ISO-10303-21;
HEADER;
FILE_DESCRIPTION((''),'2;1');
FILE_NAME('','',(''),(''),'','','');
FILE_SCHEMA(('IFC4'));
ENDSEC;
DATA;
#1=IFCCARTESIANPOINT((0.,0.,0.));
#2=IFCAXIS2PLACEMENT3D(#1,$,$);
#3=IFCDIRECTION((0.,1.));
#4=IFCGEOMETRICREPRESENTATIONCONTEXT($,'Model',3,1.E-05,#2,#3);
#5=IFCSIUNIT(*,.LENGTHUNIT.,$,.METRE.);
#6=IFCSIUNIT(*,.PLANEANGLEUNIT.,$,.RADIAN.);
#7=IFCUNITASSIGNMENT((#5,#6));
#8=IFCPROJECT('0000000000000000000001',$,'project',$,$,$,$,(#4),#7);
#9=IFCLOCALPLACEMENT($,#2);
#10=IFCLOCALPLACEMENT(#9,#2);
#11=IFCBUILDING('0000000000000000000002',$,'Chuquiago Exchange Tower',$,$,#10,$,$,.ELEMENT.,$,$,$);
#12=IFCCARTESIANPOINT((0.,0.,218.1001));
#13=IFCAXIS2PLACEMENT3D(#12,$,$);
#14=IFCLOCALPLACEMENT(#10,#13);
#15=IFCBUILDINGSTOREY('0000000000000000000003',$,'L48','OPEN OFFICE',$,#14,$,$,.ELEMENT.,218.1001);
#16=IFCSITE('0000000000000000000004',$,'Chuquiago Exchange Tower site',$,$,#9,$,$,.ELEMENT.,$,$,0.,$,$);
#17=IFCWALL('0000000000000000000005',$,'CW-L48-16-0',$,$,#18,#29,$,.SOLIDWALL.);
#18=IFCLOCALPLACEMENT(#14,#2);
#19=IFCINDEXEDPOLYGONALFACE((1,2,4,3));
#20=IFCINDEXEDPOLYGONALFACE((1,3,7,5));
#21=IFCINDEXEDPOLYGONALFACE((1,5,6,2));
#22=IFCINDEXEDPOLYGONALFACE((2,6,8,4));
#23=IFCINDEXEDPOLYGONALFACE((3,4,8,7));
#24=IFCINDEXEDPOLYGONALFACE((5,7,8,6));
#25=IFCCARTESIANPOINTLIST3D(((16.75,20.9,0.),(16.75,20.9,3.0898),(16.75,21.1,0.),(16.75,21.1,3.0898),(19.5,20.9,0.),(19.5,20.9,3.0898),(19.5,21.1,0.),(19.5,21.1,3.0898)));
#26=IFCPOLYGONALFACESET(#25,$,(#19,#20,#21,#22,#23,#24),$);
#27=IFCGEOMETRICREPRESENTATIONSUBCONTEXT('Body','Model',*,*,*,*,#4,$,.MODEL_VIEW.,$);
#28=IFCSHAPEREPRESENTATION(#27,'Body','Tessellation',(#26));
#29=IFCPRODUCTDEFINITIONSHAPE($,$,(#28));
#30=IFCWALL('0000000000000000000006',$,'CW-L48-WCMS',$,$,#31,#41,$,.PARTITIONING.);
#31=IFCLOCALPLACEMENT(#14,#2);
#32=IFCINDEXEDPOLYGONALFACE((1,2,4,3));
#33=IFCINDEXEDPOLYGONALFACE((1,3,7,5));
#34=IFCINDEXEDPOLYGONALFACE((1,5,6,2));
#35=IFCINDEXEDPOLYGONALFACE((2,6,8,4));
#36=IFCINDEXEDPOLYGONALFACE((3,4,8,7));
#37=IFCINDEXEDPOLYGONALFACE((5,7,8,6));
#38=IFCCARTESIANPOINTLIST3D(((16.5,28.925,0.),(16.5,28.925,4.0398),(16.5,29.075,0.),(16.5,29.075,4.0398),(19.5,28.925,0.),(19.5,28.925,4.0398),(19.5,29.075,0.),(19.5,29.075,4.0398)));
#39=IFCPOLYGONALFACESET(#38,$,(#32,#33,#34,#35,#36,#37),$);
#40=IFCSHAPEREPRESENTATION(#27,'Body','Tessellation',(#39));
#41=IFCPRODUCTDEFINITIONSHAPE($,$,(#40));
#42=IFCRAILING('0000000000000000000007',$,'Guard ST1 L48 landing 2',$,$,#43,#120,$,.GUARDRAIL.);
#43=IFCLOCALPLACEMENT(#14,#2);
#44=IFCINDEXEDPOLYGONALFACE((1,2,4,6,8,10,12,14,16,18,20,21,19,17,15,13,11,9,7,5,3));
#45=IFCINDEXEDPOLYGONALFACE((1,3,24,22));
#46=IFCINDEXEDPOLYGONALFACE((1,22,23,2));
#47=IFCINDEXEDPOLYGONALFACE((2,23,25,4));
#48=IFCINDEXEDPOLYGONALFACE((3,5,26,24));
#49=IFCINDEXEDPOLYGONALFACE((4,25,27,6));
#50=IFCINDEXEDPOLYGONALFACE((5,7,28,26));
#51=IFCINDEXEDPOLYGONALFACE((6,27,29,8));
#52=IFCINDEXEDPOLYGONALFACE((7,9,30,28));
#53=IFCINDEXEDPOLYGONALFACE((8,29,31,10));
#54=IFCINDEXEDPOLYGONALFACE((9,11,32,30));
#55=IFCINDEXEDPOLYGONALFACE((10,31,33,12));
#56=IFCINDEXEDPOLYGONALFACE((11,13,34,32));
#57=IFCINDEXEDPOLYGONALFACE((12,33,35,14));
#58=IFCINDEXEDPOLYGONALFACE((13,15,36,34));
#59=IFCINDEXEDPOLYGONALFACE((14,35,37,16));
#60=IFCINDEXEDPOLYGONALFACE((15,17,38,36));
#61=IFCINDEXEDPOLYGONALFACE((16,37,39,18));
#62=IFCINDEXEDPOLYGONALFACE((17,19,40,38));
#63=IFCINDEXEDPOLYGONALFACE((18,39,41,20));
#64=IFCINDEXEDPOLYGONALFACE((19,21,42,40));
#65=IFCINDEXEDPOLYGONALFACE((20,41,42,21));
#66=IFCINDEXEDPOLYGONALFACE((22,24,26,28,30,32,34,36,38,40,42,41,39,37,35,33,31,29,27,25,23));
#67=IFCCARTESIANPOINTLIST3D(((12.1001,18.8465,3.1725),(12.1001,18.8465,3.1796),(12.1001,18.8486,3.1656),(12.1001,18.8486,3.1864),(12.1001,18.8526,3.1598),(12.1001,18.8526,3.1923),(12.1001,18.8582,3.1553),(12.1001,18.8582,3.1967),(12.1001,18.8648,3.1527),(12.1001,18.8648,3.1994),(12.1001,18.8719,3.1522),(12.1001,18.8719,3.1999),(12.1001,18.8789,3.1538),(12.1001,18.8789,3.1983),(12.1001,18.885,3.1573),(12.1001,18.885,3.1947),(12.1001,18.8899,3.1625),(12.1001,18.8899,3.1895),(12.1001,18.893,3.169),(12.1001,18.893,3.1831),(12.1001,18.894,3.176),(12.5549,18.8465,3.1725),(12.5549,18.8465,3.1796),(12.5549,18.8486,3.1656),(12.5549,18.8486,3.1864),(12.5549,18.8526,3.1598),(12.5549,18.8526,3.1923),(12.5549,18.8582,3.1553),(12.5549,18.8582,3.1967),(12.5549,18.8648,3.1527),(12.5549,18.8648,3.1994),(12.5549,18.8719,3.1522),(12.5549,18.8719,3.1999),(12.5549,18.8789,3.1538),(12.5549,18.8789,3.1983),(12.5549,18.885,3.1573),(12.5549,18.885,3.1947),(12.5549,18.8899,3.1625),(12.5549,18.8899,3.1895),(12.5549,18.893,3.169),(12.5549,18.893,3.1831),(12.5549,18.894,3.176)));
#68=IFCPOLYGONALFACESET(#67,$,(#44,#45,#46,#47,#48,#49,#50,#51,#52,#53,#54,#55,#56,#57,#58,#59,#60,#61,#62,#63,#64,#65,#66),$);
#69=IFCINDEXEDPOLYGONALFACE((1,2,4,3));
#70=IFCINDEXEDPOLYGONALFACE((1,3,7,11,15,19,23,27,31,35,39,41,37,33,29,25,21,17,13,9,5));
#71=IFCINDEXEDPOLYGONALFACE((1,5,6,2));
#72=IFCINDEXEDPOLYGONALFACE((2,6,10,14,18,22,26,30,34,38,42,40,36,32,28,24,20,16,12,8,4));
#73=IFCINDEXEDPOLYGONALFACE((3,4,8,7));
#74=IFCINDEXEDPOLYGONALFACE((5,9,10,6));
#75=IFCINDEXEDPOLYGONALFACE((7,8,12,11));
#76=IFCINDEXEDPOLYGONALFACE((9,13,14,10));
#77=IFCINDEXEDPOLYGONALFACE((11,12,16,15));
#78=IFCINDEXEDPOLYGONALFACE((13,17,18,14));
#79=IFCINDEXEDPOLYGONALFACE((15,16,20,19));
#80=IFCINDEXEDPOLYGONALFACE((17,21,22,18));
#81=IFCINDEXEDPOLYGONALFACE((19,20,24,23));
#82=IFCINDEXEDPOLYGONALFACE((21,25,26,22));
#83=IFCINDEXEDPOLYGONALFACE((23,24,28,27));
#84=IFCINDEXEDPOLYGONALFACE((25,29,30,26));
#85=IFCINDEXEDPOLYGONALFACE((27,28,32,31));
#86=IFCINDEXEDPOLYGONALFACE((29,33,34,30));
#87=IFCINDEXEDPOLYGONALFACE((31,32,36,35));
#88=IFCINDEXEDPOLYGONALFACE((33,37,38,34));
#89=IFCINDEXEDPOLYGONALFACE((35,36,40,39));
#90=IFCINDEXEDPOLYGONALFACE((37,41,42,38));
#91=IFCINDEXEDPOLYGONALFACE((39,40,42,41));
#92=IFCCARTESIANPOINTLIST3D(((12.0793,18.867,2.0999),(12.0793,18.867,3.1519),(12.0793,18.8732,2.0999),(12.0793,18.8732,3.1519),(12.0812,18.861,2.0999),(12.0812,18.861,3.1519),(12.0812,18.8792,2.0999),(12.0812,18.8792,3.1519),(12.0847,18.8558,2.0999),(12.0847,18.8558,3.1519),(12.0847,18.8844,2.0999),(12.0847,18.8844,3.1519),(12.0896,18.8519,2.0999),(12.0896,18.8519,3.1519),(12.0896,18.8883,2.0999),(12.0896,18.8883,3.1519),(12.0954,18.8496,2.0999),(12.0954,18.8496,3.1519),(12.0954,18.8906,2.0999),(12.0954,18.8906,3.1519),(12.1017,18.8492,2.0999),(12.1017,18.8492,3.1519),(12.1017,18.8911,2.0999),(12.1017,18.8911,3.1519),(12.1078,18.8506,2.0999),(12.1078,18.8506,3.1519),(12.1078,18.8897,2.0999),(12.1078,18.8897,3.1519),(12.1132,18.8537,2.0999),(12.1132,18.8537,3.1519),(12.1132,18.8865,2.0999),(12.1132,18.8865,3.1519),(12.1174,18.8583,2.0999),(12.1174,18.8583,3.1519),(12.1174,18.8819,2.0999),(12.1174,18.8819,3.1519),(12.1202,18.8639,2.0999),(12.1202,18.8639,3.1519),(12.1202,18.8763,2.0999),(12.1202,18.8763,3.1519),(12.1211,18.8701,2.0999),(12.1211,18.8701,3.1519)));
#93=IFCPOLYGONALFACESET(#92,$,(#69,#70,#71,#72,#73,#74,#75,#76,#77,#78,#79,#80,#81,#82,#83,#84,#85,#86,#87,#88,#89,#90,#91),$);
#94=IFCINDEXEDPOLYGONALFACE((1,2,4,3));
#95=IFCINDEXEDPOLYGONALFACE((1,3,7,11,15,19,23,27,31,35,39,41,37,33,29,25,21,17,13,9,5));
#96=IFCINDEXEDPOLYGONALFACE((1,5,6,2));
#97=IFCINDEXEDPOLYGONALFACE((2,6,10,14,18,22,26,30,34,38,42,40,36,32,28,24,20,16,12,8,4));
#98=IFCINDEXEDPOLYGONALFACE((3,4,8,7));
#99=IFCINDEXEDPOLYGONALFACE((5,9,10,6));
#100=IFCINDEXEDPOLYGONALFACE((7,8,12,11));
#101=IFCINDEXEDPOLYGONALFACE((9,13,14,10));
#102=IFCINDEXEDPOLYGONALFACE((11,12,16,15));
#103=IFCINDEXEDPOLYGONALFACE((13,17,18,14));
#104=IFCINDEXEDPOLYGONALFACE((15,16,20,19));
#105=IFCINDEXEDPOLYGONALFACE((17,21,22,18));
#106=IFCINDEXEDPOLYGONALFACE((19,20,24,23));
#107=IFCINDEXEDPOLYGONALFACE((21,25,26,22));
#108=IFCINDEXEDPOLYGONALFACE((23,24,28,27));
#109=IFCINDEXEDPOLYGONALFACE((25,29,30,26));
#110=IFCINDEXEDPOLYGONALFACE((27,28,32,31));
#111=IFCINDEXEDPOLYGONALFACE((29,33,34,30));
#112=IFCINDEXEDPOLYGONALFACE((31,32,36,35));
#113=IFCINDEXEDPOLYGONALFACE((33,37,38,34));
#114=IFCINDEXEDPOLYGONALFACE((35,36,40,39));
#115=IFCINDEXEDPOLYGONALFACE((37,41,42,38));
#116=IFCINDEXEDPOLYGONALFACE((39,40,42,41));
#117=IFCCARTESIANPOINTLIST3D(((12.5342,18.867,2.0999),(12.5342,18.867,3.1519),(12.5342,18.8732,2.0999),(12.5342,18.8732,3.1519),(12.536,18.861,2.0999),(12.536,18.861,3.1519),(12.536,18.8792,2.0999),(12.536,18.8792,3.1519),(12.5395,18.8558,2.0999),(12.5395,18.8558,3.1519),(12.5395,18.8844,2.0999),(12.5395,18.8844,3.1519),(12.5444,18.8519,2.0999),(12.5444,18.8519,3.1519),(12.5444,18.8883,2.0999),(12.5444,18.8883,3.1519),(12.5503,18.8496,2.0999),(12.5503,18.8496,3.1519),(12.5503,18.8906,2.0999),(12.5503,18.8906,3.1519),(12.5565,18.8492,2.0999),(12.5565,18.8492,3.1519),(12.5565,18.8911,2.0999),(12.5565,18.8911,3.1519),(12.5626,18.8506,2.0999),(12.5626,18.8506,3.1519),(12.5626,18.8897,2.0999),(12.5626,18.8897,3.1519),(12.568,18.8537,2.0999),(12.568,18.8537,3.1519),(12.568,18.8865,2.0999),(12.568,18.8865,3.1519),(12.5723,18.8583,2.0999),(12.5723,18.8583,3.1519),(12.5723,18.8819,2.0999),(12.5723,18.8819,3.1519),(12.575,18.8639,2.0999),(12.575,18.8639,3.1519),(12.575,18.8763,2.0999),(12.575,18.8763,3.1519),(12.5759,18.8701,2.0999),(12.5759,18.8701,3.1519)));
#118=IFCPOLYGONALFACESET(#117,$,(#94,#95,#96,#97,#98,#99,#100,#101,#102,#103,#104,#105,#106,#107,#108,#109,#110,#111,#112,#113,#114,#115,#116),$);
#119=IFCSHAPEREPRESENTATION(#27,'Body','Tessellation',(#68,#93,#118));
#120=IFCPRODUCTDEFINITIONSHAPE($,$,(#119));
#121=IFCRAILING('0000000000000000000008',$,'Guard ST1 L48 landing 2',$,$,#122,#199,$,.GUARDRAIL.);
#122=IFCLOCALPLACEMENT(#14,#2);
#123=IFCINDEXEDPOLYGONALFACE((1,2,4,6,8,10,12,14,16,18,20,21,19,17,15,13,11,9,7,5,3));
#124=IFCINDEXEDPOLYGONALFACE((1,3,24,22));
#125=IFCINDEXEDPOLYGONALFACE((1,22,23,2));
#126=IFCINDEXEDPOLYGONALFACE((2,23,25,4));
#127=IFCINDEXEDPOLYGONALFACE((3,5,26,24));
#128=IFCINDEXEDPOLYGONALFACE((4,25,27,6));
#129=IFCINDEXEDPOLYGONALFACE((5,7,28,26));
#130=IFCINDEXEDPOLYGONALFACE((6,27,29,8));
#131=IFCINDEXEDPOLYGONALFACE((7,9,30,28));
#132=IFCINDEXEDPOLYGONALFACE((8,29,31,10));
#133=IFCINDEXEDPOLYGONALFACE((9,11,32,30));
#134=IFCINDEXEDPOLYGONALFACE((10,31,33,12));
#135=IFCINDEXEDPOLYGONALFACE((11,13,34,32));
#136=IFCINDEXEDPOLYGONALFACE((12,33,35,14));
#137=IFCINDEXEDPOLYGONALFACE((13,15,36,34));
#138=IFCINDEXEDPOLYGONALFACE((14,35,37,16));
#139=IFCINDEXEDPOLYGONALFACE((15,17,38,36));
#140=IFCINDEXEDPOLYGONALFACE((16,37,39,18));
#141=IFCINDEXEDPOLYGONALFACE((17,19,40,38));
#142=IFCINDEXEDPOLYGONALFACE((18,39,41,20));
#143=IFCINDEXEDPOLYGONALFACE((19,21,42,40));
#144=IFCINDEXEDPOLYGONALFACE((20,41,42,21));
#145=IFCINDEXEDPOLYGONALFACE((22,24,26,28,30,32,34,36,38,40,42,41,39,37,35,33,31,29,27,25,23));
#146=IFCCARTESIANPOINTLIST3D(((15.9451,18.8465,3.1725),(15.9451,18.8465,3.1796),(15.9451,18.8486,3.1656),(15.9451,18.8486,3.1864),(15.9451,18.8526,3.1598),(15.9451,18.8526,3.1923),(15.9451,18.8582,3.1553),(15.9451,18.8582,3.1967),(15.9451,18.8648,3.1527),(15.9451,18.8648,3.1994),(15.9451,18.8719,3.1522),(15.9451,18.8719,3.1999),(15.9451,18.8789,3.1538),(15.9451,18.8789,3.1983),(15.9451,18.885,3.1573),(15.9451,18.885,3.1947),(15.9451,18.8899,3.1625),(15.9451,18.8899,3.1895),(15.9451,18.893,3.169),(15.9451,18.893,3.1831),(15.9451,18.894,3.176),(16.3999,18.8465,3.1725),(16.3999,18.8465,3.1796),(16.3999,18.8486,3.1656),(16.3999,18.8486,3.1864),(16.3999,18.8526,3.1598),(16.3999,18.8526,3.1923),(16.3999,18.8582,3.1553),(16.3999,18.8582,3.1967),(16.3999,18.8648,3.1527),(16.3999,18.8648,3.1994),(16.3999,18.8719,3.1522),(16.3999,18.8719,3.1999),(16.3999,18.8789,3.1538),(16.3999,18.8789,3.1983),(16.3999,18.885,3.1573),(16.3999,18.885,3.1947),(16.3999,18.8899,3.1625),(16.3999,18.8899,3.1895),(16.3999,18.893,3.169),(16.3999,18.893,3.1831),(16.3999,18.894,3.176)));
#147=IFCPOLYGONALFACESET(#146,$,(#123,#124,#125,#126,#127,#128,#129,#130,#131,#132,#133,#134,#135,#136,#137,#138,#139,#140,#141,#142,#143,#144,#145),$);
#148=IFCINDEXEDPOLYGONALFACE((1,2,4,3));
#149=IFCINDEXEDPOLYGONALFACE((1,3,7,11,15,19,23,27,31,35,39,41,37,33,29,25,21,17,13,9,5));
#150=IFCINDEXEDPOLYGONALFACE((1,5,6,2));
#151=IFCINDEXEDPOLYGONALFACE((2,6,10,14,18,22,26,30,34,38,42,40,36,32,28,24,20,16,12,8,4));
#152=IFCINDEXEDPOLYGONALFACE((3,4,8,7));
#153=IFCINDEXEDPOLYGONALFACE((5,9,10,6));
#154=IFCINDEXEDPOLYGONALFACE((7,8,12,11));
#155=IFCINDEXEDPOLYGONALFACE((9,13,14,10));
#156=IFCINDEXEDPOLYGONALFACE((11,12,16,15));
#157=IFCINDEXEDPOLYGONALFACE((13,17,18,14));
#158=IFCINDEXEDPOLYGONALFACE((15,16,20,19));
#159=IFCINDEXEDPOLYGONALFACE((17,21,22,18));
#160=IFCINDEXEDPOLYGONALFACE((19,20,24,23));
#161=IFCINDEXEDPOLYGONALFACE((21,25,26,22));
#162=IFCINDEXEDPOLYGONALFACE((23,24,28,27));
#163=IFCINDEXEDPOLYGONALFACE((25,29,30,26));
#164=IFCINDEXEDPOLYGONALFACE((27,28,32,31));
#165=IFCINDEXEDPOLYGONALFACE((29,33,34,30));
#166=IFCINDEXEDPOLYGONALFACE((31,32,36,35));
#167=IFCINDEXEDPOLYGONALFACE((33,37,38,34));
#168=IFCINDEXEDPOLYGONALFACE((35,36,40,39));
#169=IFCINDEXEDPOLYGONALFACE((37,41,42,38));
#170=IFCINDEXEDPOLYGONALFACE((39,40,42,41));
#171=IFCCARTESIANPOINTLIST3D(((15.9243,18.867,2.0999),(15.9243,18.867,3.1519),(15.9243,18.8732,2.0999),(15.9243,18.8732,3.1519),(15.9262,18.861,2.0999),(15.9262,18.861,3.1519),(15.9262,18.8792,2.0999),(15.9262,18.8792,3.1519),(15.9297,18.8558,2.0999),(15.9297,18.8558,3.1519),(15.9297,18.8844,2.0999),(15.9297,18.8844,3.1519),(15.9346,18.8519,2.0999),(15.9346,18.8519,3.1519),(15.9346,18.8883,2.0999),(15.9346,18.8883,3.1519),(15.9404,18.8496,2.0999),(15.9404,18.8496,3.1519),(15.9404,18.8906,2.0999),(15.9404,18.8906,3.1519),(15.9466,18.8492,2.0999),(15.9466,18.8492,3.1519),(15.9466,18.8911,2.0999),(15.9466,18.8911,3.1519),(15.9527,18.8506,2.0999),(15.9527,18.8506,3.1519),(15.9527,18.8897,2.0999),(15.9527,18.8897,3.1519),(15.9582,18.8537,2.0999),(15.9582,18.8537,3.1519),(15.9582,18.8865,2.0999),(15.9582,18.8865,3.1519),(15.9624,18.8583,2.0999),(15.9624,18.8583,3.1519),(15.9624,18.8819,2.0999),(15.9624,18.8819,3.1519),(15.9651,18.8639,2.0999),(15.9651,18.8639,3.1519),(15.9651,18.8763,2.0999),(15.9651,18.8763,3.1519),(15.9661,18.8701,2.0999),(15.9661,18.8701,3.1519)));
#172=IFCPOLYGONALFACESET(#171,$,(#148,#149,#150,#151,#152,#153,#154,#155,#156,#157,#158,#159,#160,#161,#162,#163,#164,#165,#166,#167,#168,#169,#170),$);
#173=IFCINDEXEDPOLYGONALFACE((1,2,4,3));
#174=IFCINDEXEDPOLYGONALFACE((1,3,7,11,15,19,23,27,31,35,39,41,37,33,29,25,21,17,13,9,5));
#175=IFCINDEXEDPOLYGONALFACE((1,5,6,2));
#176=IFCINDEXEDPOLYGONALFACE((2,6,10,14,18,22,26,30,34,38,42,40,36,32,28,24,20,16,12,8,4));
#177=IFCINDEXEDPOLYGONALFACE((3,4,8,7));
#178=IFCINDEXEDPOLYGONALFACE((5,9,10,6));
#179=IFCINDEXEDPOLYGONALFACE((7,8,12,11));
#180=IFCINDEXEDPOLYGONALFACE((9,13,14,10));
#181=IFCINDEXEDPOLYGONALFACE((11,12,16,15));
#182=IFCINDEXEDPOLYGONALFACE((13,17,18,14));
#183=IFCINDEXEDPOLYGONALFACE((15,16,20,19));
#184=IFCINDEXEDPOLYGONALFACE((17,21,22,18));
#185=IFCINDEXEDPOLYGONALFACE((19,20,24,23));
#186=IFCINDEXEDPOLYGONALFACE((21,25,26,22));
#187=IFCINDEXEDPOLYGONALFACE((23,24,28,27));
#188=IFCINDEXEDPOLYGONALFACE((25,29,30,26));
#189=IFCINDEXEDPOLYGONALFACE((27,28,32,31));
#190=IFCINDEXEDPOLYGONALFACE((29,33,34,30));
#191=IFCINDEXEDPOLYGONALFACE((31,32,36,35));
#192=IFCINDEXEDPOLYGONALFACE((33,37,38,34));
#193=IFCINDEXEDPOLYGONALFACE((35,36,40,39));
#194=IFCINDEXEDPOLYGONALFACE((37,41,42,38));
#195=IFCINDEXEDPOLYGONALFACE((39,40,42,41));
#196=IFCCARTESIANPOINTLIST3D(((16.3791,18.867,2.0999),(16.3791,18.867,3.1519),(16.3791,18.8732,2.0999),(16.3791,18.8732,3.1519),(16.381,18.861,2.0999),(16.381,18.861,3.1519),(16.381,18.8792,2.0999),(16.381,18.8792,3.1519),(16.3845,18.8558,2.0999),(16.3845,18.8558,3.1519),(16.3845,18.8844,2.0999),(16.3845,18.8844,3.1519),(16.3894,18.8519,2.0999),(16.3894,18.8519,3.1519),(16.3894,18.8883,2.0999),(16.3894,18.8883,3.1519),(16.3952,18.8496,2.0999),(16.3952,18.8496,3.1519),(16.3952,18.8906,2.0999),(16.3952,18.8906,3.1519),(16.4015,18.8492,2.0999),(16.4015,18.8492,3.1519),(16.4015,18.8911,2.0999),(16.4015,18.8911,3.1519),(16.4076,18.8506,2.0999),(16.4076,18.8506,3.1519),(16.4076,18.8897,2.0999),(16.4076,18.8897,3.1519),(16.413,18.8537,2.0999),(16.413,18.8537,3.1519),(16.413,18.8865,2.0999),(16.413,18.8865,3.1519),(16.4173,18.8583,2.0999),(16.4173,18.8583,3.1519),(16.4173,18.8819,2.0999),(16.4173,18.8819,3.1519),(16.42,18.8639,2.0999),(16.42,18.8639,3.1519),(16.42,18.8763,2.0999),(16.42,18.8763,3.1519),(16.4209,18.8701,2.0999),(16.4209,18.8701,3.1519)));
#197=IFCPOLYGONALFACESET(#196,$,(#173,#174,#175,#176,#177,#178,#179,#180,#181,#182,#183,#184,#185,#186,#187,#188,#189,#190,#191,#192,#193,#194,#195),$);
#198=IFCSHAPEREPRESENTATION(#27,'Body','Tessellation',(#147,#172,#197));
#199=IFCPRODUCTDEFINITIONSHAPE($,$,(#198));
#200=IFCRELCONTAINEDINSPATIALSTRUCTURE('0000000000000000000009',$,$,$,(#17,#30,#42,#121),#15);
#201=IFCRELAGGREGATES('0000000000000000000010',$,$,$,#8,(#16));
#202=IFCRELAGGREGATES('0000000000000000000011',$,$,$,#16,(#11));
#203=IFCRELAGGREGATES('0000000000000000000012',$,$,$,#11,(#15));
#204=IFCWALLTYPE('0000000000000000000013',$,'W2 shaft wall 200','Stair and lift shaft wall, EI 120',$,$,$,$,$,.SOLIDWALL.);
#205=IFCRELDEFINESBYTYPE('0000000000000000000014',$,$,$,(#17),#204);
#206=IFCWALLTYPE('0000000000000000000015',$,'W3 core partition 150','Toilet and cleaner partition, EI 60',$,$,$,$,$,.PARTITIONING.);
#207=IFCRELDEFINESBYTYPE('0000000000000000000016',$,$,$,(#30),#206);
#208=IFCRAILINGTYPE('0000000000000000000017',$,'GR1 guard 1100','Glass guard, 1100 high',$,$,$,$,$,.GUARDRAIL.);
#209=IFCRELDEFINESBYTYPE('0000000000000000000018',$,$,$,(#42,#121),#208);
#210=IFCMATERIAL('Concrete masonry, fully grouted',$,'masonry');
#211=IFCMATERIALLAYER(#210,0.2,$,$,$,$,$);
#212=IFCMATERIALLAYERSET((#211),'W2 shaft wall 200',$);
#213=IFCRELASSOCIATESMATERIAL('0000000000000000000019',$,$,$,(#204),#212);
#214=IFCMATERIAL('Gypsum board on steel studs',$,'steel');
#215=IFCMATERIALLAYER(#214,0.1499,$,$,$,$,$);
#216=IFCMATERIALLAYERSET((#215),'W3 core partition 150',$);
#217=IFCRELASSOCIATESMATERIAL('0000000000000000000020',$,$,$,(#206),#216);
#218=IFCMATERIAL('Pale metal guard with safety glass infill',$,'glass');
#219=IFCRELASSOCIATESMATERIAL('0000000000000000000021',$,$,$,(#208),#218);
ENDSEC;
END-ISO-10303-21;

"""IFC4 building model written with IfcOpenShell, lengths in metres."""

from ifc_helpers import new_model, si_unit, direction, frame, frame_2d, origin, origin_2d, place, context, subcontext, project, spatial, rectangle, circle, extrude, material, layer, layer_set, type_object, element, save


model = new_model("IFC4")

# Units and contexts
model_context = context("Model", 3, precision=1e-05, world=origin(), true_north=direction((0.0, 1.0)))
body_context = subcontext(model_context, "Body", "Model", "MODEL_VIEW")
ifc_project = project(units=[si_unit("LENGTHUNIT", "METRE"), si_unit("PLANEANGLEUNIT", "RADIAN")], contexts=[model_context])

# Site, building, storey
site_placement = place(None, origin())
site = spatial("IfcSite", under=ifc_project, at=site_placement, Name="Chuquiago Exchange Tower site", CompositionType="ELEMENT", RefElevation=0.0)
building_placement = place(site_placement, origin())
building = spatial("IfcBuilding", under=site, at=building_placement, Name="Chuquiago Exchange Tower", CompositionType="ELEMENT")
storey_placement = place(building_placement, frame((0.0, 0.0, 218.1001)))
storey = spatial("IfcBuildingStorey", under=building, at=storey_placement, Name="L48", Description="OPEN OFFICE", CompositionType="ELEMENT", Elevation=218.1001)

# Shared definitions
ifc_material_1 = material(Name="Concrete masonry, fully grouted", Category="masonry")
ifc_layer_1 = layer(ifc_material_1, 0.2)
ifc_layer_set_1 = layer_set([ifc_layer_1], Name="W2 shaft wall 200")
wall_type_1 = type_object("IfcWallType", Name="W2 shaft wall 200", Description="Stair and lift shaft wall, EI 120", PredefinedType="SOLIDWALL", material=ifc_layer_set_1)

# Walls
wall_1_placement = place(storey_placement, frame((16.75, 21.0, 0.0), z_axis=(0.0, 0.0, 1.0), x_axis=(1.0, 0.0, 0.0)))
element("IfcWall", 1, at=wall_1_placement, inside=storey, type_object=wall_type_1, Name="CW-L48-16-0", PredefinedType="SOLIDWALL", context=body_context, shape_type="SweptSolid", body=[
    extrude(rectangle(XDim=2.75, YDim=0.2, at=frame_2d((1.375, 0.0))), origin(), (0.0, 0.0, 1.0), 3.0898),
])
ifc_material_2 = material(Name="Gypsum board on steel studs", Category="steel")
ifc_layer_2 = layer(ifc_material_2, 0.1499)
ifc_layer_set_2 = layer_set([ifc_layer_2], Name="W3 core partition 150")
wall_type_2 = type_object("IfcWallType", Name="W3 core partition 150", Description="Toilet and cleaner partition, EI 60", PredefinedType="PARTITIONING", material=ifc_layer_set_2)
wall_2_placement = place(storey_placement, frame((16.5, 29.0, 0.0), z_axis=(0.0, 0.0, 1.0), x_axis=(1.0, 0.0, 0.0)))
element("IfcWall", 2, at=wall_2_placement, inside=storey, type_object=wall_type_2, Name="CW-L48-WCMS", PredefinedType="PARTITIONING", context=body_context, shape_type="SweptSolid", body=[
    extrude(rectangle(XDim=3.0, YDim=0.1499, at=frame_2d((1.5, 0.0))), origin(), (0.0, 0.0, 1.0), 4.0398),
])

# Railings
ifc_material_3 = material(Name="Pale metal guard with safety glass infill", Category="glass")
railing_type_1 = type_object("IfcRailingType", Name="GR1 guard 1100", Description="Glass guard, 1100 high", PredefinedType="GUARDRAIL", material=ifc_material_3)
for number, where, name in (
    (3, (12.1001, 18.8701, 2.0999), "Guard ST1 L48 landing 2"),
    (4, (15.9451, 18.8701, 2.0999), "Guard ST1 L48 landing 2"),
):
    element("IfcRailing", number, at=place(storey_placement, frame(where)), inside=storey, type_object=railing_type_1, Name=name, PredefinedType="GUARDRAIL", context=body_context, shape_type="SweptSolid", body=[
        extrude(circle(Radius=0.0239, at=origin_2d()), frame((0.0, 0.0, 1.0762), z_axis=(1.0, 0.0, 0.0), x_axis=(0.0, 1.0, 0.0)), (0.0, 0.0, 1.0), 0.4548),
        extrude(circle(Radius=0.021, at=origin_2d()), origin(), (0.0, 0.0, 1.0), 1.052),
        extrude(circle(Radius=0.021, at=origin_2d()), frame((0.4548, 0.0, 0.0)), (0.0, 0.0, 1.0), 1.052),
    ])

save(model, "model.ifc")
